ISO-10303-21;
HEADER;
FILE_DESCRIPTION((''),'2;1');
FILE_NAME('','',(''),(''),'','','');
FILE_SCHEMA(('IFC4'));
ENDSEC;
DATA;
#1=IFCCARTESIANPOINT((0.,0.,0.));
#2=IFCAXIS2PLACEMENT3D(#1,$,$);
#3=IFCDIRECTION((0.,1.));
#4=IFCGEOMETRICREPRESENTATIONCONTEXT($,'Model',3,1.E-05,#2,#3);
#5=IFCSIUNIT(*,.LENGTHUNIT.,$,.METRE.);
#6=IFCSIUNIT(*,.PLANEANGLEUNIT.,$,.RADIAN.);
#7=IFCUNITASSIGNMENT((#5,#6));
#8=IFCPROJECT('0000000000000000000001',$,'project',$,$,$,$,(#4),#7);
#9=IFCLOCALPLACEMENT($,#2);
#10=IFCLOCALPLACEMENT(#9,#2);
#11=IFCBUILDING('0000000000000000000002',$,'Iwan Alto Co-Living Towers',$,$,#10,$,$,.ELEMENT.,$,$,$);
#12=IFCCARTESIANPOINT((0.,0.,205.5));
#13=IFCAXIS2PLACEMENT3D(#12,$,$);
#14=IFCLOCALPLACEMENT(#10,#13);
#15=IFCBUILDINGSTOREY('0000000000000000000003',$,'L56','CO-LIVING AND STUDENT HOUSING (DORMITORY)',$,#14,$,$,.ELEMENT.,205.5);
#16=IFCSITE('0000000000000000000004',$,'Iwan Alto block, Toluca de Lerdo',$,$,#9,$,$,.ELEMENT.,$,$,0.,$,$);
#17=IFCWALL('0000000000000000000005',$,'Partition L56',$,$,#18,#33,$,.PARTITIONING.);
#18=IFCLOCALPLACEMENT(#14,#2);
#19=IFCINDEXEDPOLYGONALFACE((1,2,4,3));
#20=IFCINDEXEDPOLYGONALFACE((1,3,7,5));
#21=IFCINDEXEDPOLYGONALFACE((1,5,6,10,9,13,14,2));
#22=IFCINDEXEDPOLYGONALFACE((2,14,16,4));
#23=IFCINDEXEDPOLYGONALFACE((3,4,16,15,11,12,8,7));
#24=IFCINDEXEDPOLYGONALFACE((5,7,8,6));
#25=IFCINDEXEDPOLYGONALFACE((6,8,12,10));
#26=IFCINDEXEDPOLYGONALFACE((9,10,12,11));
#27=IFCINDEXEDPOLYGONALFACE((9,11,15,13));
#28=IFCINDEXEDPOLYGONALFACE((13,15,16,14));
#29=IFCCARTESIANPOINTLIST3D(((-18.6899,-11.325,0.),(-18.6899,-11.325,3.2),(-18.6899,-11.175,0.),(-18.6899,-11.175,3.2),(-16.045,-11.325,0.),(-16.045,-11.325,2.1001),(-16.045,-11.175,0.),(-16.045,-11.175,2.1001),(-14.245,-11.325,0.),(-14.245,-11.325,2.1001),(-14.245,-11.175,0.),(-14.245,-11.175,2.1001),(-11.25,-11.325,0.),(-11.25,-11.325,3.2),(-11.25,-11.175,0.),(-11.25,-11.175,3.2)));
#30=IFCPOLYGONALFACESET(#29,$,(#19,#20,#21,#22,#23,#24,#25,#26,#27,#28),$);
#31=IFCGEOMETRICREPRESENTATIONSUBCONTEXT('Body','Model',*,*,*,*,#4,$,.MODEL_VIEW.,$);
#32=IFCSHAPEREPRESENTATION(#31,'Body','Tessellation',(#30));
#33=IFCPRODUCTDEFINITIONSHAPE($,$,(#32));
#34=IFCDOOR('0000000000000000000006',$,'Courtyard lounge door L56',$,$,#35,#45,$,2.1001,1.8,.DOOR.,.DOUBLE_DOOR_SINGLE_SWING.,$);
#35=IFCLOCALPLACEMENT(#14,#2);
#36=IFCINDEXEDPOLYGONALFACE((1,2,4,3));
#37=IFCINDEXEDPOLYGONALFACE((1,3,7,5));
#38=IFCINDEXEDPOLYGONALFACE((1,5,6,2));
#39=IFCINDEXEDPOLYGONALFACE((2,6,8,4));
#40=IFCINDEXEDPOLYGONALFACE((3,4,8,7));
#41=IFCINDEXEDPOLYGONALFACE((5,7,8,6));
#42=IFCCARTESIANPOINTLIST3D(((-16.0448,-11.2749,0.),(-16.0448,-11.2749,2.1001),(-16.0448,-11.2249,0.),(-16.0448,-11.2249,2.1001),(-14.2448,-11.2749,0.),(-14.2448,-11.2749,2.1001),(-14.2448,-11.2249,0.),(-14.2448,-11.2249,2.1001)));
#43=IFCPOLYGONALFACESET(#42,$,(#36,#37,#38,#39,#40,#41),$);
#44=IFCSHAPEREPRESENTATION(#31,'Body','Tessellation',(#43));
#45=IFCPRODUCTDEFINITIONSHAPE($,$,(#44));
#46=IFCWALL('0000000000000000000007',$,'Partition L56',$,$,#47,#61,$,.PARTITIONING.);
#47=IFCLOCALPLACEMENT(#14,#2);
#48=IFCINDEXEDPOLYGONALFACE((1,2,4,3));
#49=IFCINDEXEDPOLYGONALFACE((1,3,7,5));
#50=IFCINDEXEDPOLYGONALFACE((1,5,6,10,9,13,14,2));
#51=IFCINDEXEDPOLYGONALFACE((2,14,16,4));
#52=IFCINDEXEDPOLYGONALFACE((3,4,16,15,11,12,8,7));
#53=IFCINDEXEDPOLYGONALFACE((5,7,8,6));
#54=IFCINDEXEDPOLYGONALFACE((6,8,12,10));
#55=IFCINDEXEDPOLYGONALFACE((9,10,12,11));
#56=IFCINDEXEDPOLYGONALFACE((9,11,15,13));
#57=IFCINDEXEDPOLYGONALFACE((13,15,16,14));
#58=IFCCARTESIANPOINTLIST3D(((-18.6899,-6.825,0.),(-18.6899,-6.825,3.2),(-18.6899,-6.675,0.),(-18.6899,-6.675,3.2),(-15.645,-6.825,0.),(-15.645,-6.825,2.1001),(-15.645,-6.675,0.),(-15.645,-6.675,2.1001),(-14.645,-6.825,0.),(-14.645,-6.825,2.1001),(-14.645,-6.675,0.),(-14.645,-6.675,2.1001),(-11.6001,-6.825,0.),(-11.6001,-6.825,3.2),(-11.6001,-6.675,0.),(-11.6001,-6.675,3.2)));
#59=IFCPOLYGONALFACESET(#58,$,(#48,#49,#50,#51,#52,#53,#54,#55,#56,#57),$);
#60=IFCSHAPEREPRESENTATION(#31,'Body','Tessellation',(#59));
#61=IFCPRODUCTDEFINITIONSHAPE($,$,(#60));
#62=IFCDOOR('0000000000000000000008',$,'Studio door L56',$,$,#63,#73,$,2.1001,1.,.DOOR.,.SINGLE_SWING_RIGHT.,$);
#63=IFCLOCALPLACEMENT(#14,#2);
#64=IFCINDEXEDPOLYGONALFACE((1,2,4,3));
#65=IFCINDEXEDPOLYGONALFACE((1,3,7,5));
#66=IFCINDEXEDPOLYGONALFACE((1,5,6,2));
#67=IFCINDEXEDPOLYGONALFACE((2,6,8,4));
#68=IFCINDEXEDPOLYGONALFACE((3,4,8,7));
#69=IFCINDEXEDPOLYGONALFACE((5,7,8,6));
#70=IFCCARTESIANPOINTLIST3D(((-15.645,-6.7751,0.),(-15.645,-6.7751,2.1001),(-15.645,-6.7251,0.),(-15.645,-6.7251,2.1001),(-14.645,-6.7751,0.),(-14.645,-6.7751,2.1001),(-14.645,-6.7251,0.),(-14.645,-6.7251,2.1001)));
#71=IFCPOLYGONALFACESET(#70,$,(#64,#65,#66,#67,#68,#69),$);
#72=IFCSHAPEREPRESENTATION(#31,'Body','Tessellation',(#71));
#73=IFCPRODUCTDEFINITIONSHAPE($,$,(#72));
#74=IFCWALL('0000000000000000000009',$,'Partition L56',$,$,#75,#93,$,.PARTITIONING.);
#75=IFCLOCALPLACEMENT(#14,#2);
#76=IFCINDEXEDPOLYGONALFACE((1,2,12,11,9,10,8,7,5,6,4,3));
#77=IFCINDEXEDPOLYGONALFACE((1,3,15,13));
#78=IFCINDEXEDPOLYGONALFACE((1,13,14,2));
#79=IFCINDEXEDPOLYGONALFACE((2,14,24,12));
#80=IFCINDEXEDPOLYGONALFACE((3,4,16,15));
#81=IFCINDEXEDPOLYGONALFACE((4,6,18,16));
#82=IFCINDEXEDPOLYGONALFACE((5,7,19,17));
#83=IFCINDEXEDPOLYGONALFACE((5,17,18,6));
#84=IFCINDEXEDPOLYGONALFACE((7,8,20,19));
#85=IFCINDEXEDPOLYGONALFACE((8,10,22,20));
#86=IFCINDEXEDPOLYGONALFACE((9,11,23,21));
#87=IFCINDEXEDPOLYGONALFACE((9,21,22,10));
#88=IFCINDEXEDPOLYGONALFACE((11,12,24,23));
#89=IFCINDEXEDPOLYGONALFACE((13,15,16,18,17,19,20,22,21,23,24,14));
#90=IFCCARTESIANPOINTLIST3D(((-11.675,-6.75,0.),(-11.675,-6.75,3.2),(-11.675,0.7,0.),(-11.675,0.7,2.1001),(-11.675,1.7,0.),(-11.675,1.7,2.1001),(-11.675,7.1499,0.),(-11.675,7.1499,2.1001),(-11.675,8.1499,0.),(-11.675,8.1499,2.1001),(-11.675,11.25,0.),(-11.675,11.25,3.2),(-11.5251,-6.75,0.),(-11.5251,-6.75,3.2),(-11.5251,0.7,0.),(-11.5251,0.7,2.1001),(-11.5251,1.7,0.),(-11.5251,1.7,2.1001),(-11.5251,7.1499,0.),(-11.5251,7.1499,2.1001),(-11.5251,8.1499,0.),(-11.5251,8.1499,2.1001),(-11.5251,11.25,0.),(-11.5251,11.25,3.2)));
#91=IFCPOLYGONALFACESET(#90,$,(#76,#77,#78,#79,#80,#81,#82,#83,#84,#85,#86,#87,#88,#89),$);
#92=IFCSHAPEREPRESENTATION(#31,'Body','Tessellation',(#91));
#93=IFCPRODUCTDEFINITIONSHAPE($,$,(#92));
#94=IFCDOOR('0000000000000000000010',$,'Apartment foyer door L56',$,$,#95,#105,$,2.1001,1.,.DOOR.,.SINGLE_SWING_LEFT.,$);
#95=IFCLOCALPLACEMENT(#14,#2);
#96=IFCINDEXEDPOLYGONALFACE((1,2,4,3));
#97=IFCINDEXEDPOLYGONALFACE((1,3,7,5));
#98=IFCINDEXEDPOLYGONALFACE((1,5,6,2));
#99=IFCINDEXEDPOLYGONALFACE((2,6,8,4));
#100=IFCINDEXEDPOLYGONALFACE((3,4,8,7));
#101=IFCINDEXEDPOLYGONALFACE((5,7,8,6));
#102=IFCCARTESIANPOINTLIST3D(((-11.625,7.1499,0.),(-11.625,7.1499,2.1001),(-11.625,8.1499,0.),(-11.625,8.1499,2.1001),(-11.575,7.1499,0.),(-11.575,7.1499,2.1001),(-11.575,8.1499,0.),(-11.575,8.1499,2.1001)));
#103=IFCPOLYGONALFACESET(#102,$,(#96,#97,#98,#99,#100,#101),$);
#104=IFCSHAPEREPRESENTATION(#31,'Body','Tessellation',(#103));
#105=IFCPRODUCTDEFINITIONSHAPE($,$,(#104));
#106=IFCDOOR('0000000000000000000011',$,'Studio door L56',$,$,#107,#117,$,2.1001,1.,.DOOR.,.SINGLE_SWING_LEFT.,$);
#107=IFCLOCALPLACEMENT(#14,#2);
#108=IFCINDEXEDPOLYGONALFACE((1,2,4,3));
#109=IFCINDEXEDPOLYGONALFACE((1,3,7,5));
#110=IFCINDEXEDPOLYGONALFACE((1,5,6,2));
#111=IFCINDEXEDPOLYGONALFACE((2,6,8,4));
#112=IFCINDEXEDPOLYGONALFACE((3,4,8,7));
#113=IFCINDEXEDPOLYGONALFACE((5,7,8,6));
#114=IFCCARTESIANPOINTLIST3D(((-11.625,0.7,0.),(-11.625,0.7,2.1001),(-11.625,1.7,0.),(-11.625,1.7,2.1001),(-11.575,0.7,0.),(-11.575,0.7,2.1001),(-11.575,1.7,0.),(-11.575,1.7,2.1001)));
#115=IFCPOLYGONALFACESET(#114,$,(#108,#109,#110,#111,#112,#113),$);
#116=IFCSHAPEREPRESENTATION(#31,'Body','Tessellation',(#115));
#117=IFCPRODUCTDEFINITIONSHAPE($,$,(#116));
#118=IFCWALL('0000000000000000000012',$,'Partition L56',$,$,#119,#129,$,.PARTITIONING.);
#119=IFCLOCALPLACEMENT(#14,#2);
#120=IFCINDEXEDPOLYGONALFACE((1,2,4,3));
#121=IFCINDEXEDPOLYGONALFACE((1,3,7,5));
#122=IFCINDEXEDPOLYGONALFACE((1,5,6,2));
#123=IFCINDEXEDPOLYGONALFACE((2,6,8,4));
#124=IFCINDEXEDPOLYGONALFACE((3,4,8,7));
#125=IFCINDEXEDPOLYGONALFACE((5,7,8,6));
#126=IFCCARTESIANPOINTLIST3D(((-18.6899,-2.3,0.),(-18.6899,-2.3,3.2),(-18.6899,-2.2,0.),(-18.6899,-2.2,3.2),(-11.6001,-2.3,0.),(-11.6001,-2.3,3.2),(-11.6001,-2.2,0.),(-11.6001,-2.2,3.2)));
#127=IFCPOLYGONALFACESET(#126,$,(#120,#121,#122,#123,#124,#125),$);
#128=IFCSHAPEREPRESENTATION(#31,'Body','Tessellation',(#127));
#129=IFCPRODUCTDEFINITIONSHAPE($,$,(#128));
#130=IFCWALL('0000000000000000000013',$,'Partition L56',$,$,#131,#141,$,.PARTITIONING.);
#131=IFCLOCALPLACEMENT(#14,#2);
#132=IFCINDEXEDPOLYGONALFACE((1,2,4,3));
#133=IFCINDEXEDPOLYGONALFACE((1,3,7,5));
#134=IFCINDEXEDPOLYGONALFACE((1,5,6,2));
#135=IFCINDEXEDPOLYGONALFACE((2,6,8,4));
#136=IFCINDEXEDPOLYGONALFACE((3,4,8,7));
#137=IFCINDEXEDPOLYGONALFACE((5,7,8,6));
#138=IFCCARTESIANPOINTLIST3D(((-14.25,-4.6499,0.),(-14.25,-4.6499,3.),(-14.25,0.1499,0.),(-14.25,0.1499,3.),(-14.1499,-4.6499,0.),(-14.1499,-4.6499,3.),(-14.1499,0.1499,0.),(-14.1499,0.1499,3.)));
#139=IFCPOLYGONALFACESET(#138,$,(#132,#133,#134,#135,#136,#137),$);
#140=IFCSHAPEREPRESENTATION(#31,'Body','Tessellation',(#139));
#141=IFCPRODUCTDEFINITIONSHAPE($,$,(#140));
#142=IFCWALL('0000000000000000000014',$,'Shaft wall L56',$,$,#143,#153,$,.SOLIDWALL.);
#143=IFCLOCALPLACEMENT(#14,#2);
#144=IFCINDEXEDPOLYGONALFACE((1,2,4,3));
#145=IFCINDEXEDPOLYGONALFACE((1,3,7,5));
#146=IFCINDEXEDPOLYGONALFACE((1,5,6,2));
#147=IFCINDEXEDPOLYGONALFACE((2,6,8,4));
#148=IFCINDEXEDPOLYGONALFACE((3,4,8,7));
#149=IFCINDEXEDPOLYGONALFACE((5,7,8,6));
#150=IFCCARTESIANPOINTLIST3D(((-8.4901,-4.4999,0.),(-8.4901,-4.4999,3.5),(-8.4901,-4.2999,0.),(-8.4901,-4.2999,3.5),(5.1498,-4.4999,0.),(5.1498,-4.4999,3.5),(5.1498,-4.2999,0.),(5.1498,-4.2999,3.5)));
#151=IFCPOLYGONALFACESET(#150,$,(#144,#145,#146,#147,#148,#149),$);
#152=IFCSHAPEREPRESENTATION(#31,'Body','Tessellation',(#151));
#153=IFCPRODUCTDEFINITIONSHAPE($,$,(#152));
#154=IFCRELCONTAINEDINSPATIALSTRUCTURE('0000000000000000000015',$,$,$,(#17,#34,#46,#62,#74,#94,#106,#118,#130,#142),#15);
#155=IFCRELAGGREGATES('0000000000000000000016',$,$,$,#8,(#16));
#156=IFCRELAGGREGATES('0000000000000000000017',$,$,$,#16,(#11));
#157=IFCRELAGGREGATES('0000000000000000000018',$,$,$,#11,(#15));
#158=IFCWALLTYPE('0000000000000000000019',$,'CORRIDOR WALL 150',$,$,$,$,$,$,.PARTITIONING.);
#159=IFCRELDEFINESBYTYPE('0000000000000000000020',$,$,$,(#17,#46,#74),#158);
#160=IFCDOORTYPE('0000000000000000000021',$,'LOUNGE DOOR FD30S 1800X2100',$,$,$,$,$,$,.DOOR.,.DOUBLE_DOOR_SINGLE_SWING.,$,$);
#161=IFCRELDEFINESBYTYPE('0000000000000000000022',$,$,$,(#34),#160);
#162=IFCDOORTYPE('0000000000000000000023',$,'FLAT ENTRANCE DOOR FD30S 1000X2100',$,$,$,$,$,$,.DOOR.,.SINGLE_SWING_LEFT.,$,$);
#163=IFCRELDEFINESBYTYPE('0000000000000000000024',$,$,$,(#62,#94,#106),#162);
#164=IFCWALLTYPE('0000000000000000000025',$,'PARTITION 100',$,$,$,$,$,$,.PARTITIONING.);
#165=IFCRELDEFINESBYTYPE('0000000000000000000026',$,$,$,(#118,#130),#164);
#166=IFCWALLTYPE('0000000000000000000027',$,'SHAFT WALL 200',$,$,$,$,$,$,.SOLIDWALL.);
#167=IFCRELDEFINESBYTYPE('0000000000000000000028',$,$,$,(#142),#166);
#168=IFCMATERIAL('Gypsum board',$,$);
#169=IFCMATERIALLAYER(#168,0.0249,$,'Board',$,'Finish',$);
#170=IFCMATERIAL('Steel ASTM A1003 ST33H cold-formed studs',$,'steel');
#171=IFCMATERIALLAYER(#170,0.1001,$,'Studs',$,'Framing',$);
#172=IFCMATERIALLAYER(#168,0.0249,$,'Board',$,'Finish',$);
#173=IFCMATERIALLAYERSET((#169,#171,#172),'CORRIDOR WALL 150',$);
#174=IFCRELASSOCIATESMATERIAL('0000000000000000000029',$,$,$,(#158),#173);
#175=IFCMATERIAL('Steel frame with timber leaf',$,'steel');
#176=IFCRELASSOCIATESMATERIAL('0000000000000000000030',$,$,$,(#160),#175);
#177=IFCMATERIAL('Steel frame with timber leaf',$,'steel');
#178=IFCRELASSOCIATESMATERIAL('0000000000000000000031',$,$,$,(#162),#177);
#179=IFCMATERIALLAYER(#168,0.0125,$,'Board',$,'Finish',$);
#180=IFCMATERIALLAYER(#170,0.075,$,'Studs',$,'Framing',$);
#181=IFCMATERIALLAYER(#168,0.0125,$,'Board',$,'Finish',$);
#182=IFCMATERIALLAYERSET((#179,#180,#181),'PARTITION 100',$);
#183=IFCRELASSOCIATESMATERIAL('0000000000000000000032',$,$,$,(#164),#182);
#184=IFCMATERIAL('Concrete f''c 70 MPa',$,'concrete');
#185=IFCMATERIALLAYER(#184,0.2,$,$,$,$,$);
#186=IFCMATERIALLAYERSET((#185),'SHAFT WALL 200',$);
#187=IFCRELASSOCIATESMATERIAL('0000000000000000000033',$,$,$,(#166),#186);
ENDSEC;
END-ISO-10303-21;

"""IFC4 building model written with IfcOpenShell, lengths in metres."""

from ifc_helpers import new_model, si_unit, direction, frame, frame_2d, origin, place, context, subcontext, project, spatial, rectangle, extrude, material, layer, layer_set, type_object, element, fill, save


model = new_model("IFC4")

# Units and contexts
model_context = context("Model", 3, precision=1e-05, world=origin(), true_north=direction((0.0, 1.0)))
body_context = subcontext(model_context, "Body", "Model", "MODEL_VIEW")
ifc_project = project(units=[si_unit("LENGTHUNIT", "METRE"), si_unit("PLANEANGLEUNIT", "RADIAN")], contexts=[model_context])

# Site, building, storey
site_placement = place(None, origin())
site = spatial("IfcSite", under=ifc_project, at=site_placement, Name="Iwan Alto block, Toluca de Lerdo", CompositionType="ELEMENT", RefElevation=0.0)
building_placement = place(site_placement, origin())
building = spatial("IfcBuilding", under=site, at=building_placement, Name="Iwan Alto Co-Living Towers", CompositionType="ELEMENT")
storey_placement = place(building_placement, frame((0.0, 0.0, 205.5)))
storey = spatial("IfcBuildingStorey", under=building, at=storey_placement, Name="L56", Description="CO-LIVING AND STUDENT HOUSING (DORMITORY)", CompositionType="ELEMENT", Elevation=205.5)

# Walls, openings, doors
ifc_material_1 = material(Name="Gypsum board")
ifc_layer_1 = layer(ifc_material_1, 0.0249, Name="Board", Category="Finish")
ifc_material_2 = material(Name="Steel ASTM A1003 ST33H cold-formed studs", Category="steel")
ifc_layer_2 = layer(ifc_material_2, 0.1001, Name="Studs", Category="Framing")
ifc_layer_3 = layer(ifc_material_1, 0.0249, Name="Board", Category="Finish")
ifc_layer_set_1 = layer_set([ifc_layer_1, ifc_layer_2, ifc_layer_3], Name="CORRIDOR WALL 150")
wall_type_1 = type_object("IfcWallType", Name="CORRIDOR WALL 150", PredefinedType="PARTITIONING", material=ifc_layer_set_1)
wall_1_placement = place(storey_placement, frame((-18.6899, -11.25, 0.0), z_axis=(0.0, 0.0, 1.0), x_axis=(1.0, 0.0, 0.0)))
wall_1 = element("IfcWall", 1, at=wall_1_placement, inside=storey, type_object=wall_type_1, Name="Partition L56", PredefinedType="PARTITIONING", context=body_context, shape_type="SweptSolid", body=[
    extrude(rectangle(XDim=7.4399, YDim=0.1499, at=frame_2d((3.72, 0.0))), origin(), (0.0, 0.0, 1.0), 3.2),
])
opening_1_placement = place(wall_1_placement, frame((2.645, 0.0, 0.0)))
opening_1 = element("IfcOpeningElement", 2, at=opening_1_placement, cuts=wall_1, PredefinedType="OPENING", context=body_context, shape_type="SweptSolid", body=[
    extrude(rectangle(XDim=1.8, YDim=2.1001, at=frame_2d((0.8999, 1.05))), frame((0.0, 0.085, 0.0), z_axis=(0.0, -1.0, 0.0), x_axis=(1.0, 0.0, 0.0)), (0.0, 0.0, 1.0), 0.1699),
])
ifc_material_3 = material(Name="Steel frame with timber leaf", Category="steel")
door_type_1 = type_object("IfcDoorType", Name="LOUNGE DOOR FD30S 1800X2100", OperationType="DOUBLE_DOOR_SINGLE_SWING", PredefinedType="DOOR", material=ifc_material_3)
door_1_placement = place(opening_1_placement, frame((1.8, 0.0, 0.0), z_axis=(0.0, 0.0, 1.0), x_axis=(-1.0, 0.0, 0.0)))
door_1 = element("IfcDoor", 3, at=door_1_placement, inside=storey, type_object=door_type_1, Name="Courtyard lounge door L56", OperationType="DOUBLE_DOOR_SINGLE_SWING", OverallHeight=2.1001, OverallWidth=1.8, PredefinedType="DOOR", context=body_context, shape_type="SweptSolid", body=[
    extrude(rectangle(XDim=1.8, YDim=2.1001, at=frame_2d((0.8999, 1.05))), frame((0.0, 0.0249, 0.0), z_axis=(0.0, -1.0, 0.0), x_axis=(1.0, 0.0, 0.0)), (0.0, 0.0, 1.0), 0.05),
])
fill(opening_1, door_1)
wall_2_placement = place(storey_placement, frame((-18.6899, -6.75, 0.0), z_axis=(0.0, 0.0, 1.0), x_axis=(1.0, 0.0, 0.0)))
wall_2 = element("IfcWall", 4, at=wall_2_placement, inside=storey, type_object=wall_type_1, Name="Partition L56", PredefinedType="PARTITIONING", context=body_context, shape_type="SweptSolid", body=[
    extrude(rectangle(XDim=7.0898, YDim=0.1499, at=frame_2d((3.5449, 0.0))), origin(), (0.0, 0.0, 1.0), 3.2),
])
opening_2_placement = place(wall_2_placement, frame((3.0449, 0.0, 0.0)))
opening_2 = element("IfcOpeningElement", 5, at=opening_2_placement, cuts=wall_2, PredefinedType="OPENING", context=body_context, shape_type="SweptSolid", body=[
    extrude(rectangle(XDim=1.0, YDim=2.1001, at=frame_2d((0.5, 1.05))), frame((0.0, 0.085, 0.0), z_axis=(0.0, -1.0, 0.0), x_axis=(1.0, 0.0, 0.0)), (0.0, 0.0, 1.0), 0.1699),
])
ifc_material_4 = material(Name="Steel frame with timber leaf", Category="steel")
door_type_2 = type_object("IfcDoorType", Name="FLAT ENTRANCE DOOR FD30S 1000X2100", OperationType="SINGLE_SWING_LEFT", PredefinedType="DOOR", material=ifc_material_4)
door_2_placement = place(opening_2_placement, origin())
door_2 = element("IfcDoor", 6, at=door_2_placement, inside=storey, type_object=door_type_2, Name="Studio door L56", OperationType="SINGLE_SWING_RIGHT", OverallHeight=2.1001, OverallWidth=1.0, PredefinedType="DOOR", context=body_context, shape_type="SweptSolid", body=[
    extrude(rectangle(XDim=1.0, YDim=2.1001, at=frame_2d((0.5, 1.05))), frame((0.0, 0.0249, 0.0), z_axis=(0.0, -1.0, 0.0), x_axis=(1.0, 0.0, 0.0)), (0.0, 0.0, 1.0), 0.05),
])
fill(opening_2, door_2)

# Wall, openings, doors
wall_3_placement = place(storey_placement, frame((-11.6001, -6.75, 0.0), z_axis=(0.0, 0.0, 1.0), x_axis=(0.0, 1.0, 0.0)))
wall_3 = element("IfcWall", 7, at=wall_3_placement, inside=storey, type_object=wall_type_1, Name="Partition L56", PredefinedType="PARTITIONING", context=body_context, shape_type="SweptSolid", body=[
    extrude(rectangle(XDim=18.0, YDim=0.1499, at=frame_2d((9.0, 0.0))), origin(), (0.0, 0.0, 1.0), 3.2),
])
opening_3_placement = place(wall_3_placement, frame((13.8999, 0.0, 0.0)))
opening_3 = element("IfcOpeningElement", 8, at=opening_3_placement, cuts=wall_3, PredefinedType="OPENING", context=body_context, shape_type="SweptSolid", body=[
    extrude(rectangle(XDim=1.0, YDim=2.1001, at=frame_2d((0.5, 1.05))), frame((0.0, 0.085, 0.0), z_axis=(0.0, -1.0, 0.0), x_axis=(1.0, 0.0, 0.0)), (0.0, 0.0, 1.0), 0.1699),
])
opening_4_placement = place(wall_3_placement, frame((7.45, 0.0, 0.0)))
opening_4 = element("IfcOpeningElement", 9, at=opening_4_placement, cuts=wall_3, PredefinedType="OPENING", context=body_context, shape_type="SweptSolid", body=[
    extrude(rectangle(XDim=1.0, YDim=2.1001, at=frame_2d((0.5, 1.05))), frame((0.0, 0.085, 0.0), z_axis=(0.0, -1.0, 0.0), x_axis=(1.0, 0.0, 0.0)), (0.0, 0.0, 1.0), 0.1699),
])
door_3_placement = place(opening_3_placement, origin())
door_3 = element("IfcDoor", 10, at=door_3_placement, inside=storey, type_object=door_type_2, Name="Apartment foyer door L56", OperationType="SINGLE_SWING_LEFT", OverallHeight=2.1001, OverallWidth=1.0, PredefinedType="DOOR", context=body_context, shape_type="SweptSolid", body=[
    extrude(rectangle(XDim=1.0, YDim=2.1001, at=frame_2d((0.5, 1.05))), frame((0.0, 0.0249, 0.0), z_axis=(0.0, -1.0, 0.0), x_axis=(1.0, 0.0, 0.0)), (0.0, 0.0, 1.0), 0.05),
])
fill(opening_3, door_3)
door_4_placement = place(opening_4_placement, origin())
door_4 = element("IfcDoor", 11, at=door_4_placement, inside=storey, type_object=door_type_2, Name="Studio door L56", OperationType="SINGLE_SWING_LEFT", OverallHeight=2.1001, OverallWidth=1.0, PredefinedType="DOOR", context=body_context, shape_type="SweptSolid", body=[
    extrude(rectangle(XDim=1.0, YDim=2.1001, at=frame_2d((0.5, 1.05))), frame((0.0, 0.0249, 0.0), z_axis=(0.0, -1.0, 0.0), x_axis=(1.0, 0.0, 0.0)), (0.0, 0.0, 1.0), 0.05),
])
fill(opening_4, door_4)

# Walls
ifc_layer_4 = layer(ifc_material_1, 0.0125, Name="Board", Category="Finish")
ifc_layer_5 = layer(ifc_material_2, 0.075, Name="Studs", Category="Framing")
ifc_layer_6 = layer(ifc_material_1, 0.0125, Name="Board", Category="Finish")
ifc_layer_set_2 = layer_set([ifc_layer_4, ifc_layer_5, ifc_layer_6], Name="PARTITION 100")
wall_type_2 = type_object("IfcWallType", Name="PARTITION 100", PredefinedType="PARTITIONING", material=ifc_layer_set_2)
wall_4_placement = place(storey_placement, frame((-18.6899, -2.25, 0.0), z_axis=(0.0, 0.0, 1.0), x_axis=(1.0, 0.0, 0.0)))
element("IfcWall", 12, at=wall_4_placement, inside=storey, type_object=wall_type_2, Name="Partition L56", PredefinedType="PARTITIONING", context=body_context, shape_type="SweptSolid", body=[
    extrude(rectangle(XDim=7.0898, YDim=0.1001, at=frame_2d((3.5449, 0.0))), origin(), (0.0, 0.0, 1.0), 3.2),
])
wall_5_placement = place(storey_placement, frame((-14.2, -4.6499, 0.0), z_axis=(0.0, 0.0, 1.0), x_axis=(0.0, 1.0, 0.0)))
element("IfcWall", 13, at=wall_5_placement, inside=storey, type_object=wall_type_2, Name="Partition L56", PredefinedType="PARTITIONING", context=body_context, shape_type="SweptSolid", body=[
    extrude(rectangle(XDim=4.7998, YDim=0.1001, at=frame_2d((2.3999, 0.0))), origin(), (0.0, 0.0, 1.0), 3.0),
])
ifc_material_5 = material(Name="Concrete f'c 70 MPa", Category="concrete")
ifc_layer_7 = layer(ifc_material_5, 0.2)
ifc_layer_set_3 = layer_set([ifc_layer_7], Name="SHAFT WALL 200")
wall_type_3 = type_object("IfcWallType", Name="SHAFT WALL 200", PredefinedType="SOLIDWALL", material=ifc_layer_set_3)
wall_6_placement = place(storey_placement, frame((-8.49, -4.3999, 0.0), z_axis=(0.0, 0.0, 1.0), x_axis=(1.0, 0.0, 0.0)))
element("IfcWall", 14, at=wall_6_placement, inside=storey, type_object=wall_type_3, Name="Shaft wall L56", PredefinedType="SOLIDWALL", context=body_context, shape_type="SweptSolid", body=[
    extrude(rectangle(XDim=13.6399, YDim=0.2, at=frame_2d((6.8198, 0.0))), origin(), (0.0, 0.0, 1.0), 3.5),
])

save(model, "model.ifc")
